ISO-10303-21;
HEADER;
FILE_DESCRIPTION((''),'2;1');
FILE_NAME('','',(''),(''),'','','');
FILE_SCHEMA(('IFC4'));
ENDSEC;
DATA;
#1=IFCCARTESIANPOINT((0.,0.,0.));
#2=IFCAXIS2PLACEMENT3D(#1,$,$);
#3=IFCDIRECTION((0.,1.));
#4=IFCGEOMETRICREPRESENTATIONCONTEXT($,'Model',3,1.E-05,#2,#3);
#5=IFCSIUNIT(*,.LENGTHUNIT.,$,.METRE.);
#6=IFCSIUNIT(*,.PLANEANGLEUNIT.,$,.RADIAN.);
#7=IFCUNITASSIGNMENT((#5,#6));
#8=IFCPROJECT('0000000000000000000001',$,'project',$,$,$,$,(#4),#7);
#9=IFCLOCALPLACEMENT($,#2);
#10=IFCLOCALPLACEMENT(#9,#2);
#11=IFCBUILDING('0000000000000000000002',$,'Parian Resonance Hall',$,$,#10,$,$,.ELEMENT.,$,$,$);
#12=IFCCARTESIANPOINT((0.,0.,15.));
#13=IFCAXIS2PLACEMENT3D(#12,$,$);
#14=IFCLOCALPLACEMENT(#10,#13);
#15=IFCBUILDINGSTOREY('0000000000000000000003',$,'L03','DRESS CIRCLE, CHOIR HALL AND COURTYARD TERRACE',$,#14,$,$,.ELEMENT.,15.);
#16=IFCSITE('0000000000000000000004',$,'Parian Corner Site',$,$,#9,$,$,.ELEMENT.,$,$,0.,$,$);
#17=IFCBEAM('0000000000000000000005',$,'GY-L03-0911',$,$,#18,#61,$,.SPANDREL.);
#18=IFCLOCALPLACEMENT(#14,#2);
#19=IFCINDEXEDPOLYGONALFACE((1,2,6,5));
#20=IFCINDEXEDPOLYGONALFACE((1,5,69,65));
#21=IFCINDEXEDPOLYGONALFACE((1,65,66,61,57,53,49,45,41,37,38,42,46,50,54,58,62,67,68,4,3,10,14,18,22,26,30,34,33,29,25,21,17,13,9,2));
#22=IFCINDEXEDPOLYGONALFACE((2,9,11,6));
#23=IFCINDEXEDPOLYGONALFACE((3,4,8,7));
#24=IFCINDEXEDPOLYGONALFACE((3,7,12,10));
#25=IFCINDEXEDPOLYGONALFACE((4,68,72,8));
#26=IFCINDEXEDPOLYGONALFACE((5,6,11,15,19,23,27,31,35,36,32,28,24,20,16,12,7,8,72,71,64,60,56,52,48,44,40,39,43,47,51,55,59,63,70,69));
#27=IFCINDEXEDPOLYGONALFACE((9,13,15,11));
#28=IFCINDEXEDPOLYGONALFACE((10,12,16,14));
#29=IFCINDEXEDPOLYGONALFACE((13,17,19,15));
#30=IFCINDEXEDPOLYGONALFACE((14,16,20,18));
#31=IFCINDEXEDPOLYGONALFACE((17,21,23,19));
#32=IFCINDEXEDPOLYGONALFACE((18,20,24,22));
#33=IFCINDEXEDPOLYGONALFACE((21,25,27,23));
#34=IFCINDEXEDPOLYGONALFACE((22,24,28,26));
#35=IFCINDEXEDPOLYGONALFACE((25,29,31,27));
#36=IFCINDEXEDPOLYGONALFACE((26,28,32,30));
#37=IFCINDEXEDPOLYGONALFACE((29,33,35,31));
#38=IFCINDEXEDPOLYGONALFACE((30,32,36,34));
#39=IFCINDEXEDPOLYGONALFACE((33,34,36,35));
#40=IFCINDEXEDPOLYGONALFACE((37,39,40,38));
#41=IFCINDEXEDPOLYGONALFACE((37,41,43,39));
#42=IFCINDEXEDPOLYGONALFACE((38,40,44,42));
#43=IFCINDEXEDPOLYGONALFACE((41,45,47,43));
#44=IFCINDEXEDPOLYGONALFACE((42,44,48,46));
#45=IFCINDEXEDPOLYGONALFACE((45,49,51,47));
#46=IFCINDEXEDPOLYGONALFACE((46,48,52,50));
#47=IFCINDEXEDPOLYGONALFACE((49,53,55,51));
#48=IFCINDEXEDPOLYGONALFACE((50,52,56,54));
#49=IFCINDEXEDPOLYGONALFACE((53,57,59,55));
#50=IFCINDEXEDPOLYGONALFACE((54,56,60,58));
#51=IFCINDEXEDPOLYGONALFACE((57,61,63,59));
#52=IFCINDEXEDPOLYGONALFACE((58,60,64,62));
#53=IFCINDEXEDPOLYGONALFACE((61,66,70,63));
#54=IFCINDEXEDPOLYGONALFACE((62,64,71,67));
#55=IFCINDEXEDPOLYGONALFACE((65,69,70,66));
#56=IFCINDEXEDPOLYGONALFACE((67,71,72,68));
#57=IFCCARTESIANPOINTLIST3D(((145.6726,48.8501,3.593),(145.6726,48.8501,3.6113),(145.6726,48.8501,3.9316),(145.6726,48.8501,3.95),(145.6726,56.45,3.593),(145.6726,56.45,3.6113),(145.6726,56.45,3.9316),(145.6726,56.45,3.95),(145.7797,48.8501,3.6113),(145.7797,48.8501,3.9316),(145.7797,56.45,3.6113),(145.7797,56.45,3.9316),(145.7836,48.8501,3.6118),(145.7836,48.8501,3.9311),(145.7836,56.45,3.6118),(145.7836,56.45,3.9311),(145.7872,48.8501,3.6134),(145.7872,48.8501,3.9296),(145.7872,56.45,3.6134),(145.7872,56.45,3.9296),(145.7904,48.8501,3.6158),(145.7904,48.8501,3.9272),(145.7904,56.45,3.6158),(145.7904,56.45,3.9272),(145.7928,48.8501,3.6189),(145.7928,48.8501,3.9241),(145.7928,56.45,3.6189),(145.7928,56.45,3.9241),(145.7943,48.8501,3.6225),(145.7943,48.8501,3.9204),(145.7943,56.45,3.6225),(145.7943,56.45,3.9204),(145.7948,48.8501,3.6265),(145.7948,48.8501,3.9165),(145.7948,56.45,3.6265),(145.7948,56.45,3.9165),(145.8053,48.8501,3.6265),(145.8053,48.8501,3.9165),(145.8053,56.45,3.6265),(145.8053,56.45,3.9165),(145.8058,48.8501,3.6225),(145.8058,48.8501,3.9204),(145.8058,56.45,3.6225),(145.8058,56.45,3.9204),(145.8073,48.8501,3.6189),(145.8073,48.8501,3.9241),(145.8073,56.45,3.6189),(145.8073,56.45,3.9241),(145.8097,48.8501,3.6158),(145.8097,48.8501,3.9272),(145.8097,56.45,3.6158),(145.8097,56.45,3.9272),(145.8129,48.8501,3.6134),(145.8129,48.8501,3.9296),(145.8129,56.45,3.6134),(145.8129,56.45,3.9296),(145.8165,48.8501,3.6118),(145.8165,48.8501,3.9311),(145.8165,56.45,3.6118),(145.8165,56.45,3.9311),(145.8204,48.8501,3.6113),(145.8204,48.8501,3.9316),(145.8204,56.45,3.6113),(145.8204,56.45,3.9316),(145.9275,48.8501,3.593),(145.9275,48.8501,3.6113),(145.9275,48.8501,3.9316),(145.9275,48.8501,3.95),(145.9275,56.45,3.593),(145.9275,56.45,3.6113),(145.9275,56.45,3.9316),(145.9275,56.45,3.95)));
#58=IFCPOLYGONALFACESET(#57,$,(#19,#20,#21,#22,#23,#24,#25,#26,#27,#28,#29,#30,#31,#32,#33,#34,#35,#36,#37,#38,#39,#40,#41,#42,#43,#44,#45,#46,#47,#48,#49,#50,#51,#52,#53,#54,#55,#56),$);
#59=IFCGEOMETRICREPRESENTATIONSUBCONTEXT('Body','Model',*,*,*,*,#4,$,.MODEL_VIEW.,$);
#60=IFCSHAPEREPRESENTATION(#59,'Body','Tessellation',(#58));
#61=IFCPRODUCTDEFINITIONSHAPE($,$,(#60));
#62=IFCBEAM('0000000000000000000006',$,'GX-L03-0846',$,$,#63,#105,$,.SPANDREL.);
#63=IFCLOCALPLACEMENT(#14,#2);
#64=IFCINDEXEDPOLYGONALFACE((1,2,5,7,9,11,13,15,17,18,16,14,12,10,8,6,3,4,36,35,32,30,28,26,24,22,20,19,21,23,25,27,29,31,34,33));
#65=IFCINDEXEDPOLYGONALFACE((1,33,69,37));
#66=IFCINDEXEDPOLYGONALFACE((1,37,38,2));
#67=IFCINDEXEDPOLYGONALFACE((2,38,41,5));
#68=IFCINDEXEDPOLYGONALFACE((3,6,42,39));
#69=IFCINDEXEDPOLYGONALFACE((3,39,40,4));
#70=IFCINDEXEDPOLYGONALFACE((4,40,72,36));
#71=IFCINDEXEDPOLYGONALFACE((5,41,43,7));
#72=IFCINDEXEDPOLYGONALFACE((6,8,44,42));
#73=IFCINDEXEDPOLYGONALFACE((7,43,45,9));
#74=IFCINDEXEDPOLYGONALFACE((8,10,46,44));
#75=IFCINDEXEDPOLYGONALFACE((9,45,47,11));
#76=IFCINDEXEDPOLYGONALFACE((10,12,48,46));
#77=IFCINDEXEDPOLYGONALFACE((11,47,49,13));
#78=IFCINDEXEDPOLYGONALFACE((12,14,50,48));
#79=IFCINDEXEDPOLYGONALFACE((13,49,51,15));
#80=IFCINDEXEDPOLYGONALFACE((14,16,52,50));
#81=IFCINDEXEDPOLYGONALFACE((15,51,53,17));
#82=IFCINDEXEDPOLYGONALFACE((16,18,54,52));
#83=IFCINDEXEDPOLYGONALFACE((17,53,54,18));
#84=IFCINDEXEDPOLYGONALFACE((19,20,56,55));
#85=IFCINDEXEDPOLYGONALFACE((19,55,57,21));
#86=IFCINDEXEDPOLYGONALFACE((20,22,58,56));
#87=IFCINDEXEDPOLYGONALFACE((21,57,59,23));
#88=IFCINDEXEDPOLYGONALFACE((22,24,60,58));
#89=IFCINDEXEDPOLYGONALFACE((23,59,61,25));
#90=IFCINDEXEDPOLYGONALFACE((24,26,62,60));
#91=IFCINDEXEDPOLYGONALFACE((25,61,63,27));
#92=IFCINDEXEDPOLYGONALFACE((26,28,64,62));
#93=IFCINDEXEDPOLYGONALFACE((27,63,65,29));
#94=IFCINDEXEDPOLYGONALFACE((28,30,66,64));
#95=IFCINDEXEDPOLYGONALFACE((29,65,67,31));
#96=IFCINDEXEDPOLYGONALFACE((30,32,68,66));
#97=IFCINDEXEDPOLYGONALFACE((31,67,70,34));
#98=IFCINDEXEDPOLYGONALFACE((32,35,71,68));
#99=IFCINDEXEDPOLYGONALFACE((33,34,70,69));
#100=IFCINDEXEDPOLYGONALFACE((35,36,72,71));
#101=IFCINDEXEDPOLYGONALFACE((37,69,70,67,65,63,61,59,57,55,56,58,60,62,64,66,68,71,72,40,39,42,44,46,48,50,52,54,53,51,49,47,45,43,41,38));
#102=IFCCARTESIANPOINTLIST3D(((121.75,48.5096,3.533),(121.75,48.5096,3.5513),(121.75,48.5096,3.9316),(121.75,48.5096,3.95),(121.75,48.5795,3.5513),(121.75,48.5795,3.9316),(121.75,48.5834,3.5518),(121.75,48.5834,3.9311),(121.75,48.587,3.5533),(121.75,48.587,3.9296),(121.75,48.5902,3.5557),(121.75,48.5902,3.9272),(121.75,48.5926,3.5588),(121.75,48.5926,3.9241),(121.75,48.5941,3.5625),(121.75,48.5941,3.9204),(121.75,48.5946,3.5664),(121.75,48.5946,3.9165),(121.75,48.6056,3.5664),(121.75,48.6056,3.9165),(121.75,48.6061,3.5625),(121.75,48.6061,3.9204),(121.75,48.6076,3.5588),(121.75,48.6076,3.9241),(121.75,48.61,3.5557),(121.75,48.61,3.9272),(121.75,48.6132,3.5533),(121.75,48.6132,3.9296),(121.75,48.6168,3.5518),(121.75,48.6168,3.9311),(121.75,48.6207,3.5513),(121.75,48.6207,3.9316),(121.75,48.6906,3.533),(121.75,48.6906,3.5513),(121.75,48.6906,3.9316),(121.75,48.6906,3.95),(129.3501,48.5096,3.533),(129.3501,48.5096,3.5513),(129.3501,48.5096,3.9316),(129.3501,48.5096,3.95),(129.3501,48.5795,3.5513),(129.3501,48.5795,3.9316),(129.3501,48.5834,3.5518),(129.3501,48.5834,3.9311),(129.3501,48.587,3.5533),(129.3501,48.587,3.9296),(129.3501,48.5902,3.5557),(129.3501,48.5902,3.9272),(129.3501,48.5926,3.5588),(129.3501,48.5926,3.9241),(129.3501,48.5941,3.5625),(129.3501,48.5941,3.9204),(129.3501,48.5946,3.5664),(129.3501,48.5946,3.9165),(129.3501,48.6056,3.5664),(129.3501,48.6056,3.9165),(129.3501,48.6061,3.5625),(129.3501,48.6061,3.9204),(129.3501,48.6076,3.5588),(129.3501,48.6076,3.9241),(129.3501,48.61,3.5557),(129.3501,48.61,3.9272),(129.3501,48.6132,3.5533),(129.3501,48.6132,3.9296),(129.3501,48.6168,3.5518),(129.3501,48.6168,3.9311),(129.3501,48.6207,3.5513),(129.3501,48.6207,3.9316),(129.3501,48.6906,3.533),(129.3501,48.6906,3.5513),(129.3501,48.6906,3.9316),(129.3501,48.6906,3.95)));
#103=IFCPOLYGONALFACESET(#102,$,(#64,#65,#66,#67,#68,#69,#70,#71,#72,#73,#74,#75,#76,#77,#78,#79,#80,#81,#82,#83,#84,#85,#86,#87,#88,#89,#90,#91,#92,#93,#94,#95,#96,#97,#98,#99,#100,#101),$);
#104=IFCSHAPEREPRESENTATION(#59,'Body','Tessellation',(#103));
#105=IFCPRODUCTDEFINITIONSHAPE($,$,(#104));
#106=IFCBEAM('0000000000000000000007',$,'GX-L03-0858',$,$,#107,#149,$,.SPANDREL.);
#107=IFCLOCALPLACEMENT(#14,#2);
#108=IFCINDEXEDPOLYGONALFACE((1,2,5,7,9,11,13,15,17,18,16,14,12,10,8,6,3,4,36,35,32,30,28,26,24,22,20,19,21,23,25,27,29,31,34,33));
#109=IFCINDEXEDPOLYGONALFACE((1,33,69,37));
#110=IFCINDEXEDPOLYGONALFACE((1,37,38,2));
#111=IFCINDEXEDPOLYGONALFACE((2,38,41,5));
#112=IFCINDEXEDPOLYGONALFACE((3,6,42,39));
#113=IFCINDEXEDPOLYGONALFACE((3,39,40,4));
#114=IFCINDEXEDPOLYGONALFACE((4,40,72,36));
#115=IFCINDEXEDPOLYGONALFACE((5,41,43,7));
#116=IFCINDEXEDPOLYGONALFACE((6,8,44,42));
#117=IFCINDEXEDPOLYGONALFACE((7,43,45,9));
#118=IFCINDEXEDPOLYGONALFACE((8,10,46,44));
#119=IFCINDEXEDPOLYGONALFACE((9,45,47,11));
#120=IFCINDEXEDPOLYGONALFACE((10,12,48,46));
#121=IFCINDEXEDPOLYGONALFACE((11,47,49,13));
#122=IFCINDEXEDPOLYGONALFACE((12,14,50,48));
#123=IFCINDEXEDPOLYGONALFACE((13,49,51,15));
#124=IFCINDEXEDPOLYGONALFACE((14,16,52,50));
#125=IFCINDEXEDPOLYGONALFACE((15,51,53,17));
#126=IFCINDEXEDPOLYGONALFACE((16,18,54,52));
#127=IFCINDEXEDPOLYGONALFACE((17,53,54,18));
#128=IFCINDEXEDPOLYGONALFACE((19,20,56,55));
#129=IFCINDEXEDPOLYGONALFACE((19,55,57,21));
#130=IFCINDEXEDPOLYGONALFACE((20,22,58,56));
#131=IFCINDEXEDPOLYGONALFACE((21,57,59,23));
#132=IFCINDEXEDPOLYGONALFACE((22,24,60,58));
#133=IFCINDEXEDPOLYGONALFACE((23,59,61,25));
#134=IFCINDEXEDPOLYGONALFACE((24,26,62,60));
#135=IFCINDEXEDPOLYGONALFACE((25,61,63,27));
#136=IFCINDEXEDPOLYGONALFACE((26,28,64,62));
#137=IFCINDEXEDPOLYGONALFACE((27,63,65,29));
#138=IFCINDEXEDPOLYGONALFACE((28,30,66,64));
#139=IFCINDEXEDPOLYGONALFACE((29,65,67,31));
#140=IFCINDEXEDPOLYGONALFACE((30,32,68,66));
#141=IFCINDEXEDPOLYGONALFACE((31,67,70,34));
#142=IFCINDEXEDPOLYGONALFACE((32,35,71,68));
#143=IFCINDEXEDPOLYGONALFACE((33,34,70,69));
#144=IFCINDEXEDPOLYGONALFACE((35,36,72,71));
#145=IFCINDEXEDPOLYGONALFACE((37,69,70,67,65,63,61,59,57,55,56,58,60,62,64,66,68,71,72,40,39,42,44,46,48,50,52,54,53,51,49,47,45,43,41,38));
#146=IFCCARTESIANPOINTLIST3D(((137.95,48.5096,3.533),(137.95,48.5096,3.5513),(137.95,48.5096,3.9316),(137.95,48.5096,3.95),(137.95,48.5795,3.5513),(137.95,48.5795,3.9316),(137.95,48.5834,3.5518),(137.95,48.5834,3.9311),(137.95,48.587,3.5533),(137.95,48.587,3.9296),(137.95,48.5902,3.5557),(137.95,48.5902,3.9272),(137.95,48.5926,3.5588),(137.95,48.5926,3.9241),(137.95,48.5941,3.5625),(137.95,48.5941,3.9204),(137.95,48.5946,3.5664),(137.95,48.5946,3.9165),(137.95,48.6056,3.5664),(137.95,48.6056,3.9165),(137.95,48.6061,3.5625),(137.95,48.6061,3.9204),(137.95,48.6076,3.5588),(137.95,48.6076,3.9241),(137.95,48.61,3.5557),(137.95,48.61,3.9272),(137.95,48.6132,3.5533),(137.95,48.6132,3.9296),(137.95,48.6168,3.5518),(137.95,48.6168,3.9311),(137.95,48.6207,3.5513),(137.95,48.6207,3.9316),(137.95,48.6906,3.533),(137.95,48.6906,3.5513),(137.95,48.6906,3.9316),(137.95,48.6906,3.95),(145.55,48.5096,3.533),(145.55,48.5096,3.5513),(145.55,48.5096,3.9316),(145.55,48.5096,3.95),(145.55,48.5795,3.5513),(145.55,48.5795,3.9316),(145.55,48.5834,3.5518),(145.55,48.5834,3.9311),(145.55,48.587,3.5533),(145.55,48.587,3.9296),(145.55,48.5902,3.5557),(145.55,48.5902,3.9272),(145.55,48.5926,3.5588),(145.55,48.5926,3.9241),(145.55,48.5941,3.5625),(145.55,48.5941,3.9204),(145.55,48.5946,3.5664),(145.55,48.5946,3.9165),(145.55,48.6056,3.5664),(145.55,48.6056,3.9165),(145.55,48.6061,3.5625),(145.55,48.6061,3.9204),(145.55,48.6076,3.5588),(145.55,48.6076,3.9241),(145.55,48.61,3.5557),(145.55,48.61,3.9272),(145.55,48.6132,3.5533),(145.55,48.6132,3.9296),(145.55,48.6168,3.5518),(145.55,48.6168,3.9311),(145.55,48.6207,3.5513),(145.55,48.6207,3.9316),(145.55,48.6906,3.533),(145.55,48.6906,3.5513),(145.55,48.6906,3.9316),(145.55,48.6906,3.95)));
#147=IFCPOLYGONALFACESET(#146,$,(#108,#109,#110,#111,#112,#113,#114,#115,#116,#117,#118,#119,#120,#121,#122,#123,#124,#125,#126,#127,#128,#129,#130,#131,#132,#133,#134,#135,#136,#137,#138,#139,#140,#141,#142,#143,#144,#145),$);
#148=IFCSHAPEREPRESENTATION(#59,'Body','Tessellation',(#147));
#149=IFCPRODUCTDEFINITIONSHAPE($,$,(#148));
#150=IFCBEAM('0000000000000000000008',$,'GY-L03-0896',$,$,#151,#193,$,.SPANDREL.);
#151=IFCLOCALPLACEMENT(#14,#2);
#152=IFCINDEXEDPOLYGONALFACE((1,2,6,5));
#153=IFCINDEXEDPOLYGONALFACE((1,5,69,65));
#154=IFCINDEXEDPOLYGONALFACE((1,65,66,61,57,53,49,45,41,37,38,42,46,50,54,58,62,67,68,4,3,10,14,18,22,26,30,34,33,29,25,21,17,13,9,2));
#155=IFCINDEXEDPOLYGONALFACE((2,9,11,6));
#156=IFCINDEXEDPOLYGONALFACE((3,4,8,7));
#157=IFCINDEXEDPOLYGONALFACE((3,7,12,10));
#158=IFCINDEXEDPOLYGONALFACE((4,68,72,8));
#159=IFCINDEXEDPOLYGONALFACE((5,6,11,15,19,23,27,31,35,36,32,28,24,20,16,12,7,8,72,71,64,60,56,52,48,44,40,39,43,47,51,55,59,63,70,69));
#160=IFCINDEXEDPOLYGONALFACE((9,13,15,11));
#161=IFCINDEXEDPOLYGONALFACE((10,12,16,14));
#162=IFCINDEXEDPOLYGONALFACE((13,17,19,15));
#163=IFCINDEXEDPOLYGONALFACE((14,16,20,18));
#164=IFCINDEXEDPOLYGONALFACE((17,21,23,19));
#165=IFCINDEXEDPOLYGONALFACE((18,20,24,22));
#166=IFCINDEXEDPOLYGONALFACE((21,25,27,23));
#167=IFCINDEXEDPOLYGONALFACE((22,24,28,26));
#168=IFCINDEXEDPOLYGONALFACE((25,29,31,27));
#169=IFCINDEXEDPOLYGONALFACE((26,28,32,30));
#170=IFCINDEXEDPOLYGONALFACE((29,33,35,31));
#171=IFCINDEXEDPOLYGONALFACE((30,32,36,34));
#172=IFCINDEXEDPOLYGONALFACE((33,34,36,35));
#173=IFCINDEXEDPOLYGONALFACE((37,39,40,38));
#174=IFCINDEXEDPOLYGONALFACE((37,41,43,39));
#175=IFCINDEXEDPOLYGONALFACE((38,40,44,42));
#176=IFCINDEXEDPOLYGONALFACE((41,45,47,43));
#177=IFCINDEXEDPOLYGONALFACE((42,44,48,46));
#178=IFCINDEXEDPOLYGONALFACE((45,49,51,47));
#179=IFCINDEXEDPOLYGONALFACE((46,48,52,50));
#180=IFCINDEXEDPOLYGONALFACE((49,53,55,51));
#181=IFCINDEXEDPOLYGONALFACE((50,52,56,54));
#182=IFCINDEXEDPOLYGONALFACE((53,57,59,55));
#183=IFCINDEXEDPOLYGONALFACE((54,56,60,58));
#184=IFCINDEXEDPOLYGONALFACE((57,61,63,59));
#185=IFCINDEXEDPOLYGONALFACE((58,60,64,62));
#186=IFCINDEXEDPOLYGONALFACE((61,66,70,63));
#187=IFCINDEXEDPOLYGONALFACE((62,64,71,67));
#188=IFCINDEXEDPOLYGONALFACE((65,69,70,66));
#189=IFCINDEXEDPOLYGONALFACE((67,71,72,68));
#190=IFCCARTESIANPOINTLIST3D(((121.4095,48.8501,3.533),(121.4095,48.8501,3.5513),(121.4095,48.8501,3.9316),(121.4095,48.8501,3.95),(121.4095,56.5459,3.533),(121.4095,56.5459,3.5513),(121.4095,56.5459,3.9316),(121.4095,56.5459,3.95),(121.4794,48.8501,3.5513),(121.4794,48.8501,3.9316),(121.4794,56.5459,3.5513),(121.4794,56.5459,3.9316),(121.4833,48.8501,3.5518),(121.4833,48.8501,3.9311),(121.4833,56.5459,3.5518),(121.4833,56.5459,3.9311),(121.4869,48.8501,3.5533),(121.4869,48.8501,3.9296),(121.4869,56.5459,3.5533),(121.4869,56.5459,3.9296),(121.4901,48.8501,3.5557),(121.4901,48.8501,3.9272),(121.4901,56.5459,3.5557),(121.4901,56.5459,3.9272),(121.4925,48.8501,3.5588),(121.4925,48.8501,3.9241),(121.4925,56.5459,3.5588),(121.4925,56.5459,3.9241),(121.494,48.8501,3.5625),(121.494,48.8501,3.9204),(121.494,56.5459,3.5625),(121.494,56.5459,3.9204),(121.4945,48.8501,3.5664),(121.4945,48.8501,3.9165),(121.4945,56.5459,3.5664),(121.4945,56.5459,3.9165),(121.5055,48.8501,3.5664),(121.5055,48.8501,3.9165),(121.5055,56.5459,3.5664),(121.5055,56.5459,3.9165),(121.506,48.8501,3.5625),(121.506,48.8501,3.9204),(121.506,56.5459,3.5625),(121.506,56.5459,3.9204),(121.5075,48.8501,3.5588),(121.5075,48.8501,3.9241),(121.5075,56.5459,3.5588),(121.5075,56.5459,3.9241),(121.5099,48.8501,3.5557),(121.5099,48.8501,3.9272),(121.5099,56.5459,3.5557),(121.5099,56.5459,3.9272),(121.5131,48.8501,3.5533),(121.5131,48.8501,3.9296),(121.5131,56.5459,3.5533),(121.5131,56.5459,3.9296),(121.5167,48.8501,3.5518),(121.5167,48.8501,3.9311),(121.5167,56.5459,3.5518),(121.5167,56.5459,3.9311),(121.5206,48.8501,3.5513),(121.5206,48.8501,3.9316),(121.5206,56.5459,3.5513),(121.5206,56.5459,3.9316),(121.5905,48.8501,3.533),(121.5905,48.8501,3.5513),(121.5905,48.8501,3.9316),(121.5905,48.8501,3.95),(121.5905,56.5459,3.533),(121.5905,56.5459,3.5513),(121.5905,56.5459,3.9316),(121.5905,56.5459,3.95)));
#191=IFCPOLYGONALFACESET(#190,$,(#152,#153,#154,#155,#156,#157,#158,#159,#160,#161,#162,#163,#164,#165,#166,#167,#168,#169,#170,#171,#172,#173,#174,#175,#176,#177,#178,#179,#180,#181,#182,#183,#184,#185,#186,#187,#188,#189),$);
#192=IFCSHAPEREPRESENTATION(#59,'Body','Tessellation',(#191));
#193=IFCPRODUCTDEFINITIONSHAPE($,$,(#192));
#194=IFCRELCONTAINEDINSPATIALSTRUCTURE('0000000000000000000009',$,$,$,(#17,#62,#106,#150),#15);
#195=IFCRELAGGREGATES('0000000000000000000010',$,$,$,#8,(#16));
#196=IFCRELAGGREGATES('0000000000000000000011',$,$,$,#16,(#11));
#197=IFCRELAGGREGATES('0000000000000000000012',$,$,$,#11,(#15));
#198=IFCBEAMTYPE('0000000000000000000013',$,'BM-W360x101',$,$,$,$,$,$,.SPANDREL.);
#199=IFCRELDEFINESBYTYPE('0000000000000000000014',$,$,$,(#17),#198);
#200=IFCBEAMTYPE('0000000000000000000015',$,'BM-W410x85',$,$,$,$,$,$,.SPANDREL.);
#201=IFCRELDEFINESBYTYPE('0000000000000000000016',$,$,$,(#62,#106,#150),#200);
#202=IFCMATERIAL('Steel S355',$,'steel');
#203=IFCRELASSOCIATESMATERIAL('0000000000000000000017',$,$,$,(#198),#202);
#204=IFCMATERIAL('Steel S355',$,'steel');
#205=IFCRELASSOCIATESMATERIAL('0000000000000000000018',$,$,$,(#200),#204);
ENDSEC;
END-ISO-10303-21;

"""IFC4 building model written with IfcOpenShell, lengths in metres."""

from ifc_helpers import new_model, si_unit, direction, frame, origin, origin_2d, place, context, subcontext, project, spatial, i_section, extrude, material, material_profile, profile_set, type_object, element, save


model = new_model("IFC4")

# Units and contexts
model_context = context("Model", 3, precision=1e-05, world=origin(), true_north=direction((0.0, 1.0)))
body_context = subcontext(model_context, "Body", "Model", "MODEL_VIEW")
ifc_project = project(units=[si_unit("LENGTHUNIT", "METRE"), si_unit("PLANEANGLEUNIT", "RADIAN")], contexts=[model_context])

# Site, building, storey
site_placement = place(None, origin())
site = spatial("IfcSite", under=ifc_project, at=site_placement, Name="Parian Corner Site", CompositionType="ELEMENT", RefElevation=0.0)
building_placement = place(site_placement, origin())
building = spatial("IfcBuilding", under=site, at=building_placement, Name="Parian Resonance Hall", CompositionType="ELEMENT")
storey_placement = place(building_placement, frame((0.0, 0.0, 15.0)))
storey = spatial("IfcBuildingStorey", under=building, at=storey_placement, Name="L03", Description="DRESS CIRCLE, CHOIR HALL AND COURTYARD TERRACE", CompositionType="ELEMENT", Elevation=15.0)

# Beams
ifc_material_1 = material(Name="Steel S355", Category="steel")
ifc_material_profile_1 = material_profile(ifc_material_1, i_section(OverallWidth=0.2549, OverallDepth=0.3569, WebThickness=0.0105, FlangeThickness=0.0183, FilletRadius=0.0151, at=origin_2d()), Name="W360x101")
ifc_profile_set_1 = profile_set([ifc_material_profile_1], Name="Steel S355")
beam_type_1 = type_object("IfcBeamType", Name="BM-W360x101", PredefinedType="SPANDREL", material=ifc_profile_set_1)
beam_1_placement = place(storey_placement, frame((145.8, 48.8501, 3.7715), z_axis=(0.0, 1.0, 0.0), x_axis=(-1.0, 0.0, 0.0)))
element("IfcBeam", 1, at=beam_1_placement, inside=storey, type_object=beam_type_1, Name="GY-L03-0911", PredefinedType="SPANDREL", context=body_context, shape_type="SweptSolid", body=[
    extrude(i_section(OverallWidth=0.2549, OverallDepth=0.3569, WebThickness=0.0105, FlangeThickness=0.0183, FilletRadius=0.0151, at=origin_2d()), origin(), (0.0, 0.0, 1.0), 7.5999),
])
ifc_material_2 = material(Name="Steel S355", Category="steel")
ifc_material_profile_2 = material_profile(ifc_material_2, i_section(OverallWidth=0.1809, OverallDepth=0.417, WebThickness=0.011, FlangeThickness=0.0183, FilletRadius=0.0151, at=origin_2d()), Name="W410x85")
ifc_profile_set_2 = profile_set([ifc_material_profile_2], Name="Steel S355")
beam_type_2 = type_object("IfcBeamType", Name="BM-W410x85", PredefinedType="SPANDREL", material=ifc_profile_set_2)
for number, where, z_axis, x_axis, name in (
    (2, (121.75, 48.6001, 3.7415), (1.0, 0.0, 0.0), (0.0, 1.0, 0.0), "GX-L03-0846"),
    (3, (137.95, 48.6001, 3.7415), (1.0, 0.0, 0.0), (0.0, 1.0, 0.0), "GX-L03-0858"),
):
    element("IfcBeam", number, at=place(storey_placement, frame(where, z_axis=z_axis, x_axis=x_axis)), inside=storey, type_object=beam_type_2, Name=name, PredefinedType="SPANDREL", context=body_context, shape_type="SweptSolid", body=[
        extrude(i_section(OverallWidth=0.1809, OverallDepth=0.417, WebThickness=0.011, FlangeThickness=0.0183, FilletRadius=0.0151, at=origin_2d()), origin(), (0.0, 0.0, 1.0), 7.6001),
    ])
beam_2_placement = place(storey_placement, frame((121.5, 48.8501, 3.7415), z_axis=(0.0, 1.0, 0.0), x_axis=(-1.0, 0.0, 0.0)))
element("IfcBeam", 4, at=beam_2_placement, inside=storey, type_object=beam_type_2, Name="GY-L03-0896", PredefinedType="SPANDREL", context=body_context, shape_type="SweptSolid", body=[
    extrude(i_section(OverallWidth=0.1809, OverallDepth=0.417, WebThickness=0.011, FlangeThickness=0.0183, FilletRadius=0.0151, at=origin_2d()), origin(), (0.0, 0.0, 1.0), 7.6958),
])

save(model, "model.ifc")
